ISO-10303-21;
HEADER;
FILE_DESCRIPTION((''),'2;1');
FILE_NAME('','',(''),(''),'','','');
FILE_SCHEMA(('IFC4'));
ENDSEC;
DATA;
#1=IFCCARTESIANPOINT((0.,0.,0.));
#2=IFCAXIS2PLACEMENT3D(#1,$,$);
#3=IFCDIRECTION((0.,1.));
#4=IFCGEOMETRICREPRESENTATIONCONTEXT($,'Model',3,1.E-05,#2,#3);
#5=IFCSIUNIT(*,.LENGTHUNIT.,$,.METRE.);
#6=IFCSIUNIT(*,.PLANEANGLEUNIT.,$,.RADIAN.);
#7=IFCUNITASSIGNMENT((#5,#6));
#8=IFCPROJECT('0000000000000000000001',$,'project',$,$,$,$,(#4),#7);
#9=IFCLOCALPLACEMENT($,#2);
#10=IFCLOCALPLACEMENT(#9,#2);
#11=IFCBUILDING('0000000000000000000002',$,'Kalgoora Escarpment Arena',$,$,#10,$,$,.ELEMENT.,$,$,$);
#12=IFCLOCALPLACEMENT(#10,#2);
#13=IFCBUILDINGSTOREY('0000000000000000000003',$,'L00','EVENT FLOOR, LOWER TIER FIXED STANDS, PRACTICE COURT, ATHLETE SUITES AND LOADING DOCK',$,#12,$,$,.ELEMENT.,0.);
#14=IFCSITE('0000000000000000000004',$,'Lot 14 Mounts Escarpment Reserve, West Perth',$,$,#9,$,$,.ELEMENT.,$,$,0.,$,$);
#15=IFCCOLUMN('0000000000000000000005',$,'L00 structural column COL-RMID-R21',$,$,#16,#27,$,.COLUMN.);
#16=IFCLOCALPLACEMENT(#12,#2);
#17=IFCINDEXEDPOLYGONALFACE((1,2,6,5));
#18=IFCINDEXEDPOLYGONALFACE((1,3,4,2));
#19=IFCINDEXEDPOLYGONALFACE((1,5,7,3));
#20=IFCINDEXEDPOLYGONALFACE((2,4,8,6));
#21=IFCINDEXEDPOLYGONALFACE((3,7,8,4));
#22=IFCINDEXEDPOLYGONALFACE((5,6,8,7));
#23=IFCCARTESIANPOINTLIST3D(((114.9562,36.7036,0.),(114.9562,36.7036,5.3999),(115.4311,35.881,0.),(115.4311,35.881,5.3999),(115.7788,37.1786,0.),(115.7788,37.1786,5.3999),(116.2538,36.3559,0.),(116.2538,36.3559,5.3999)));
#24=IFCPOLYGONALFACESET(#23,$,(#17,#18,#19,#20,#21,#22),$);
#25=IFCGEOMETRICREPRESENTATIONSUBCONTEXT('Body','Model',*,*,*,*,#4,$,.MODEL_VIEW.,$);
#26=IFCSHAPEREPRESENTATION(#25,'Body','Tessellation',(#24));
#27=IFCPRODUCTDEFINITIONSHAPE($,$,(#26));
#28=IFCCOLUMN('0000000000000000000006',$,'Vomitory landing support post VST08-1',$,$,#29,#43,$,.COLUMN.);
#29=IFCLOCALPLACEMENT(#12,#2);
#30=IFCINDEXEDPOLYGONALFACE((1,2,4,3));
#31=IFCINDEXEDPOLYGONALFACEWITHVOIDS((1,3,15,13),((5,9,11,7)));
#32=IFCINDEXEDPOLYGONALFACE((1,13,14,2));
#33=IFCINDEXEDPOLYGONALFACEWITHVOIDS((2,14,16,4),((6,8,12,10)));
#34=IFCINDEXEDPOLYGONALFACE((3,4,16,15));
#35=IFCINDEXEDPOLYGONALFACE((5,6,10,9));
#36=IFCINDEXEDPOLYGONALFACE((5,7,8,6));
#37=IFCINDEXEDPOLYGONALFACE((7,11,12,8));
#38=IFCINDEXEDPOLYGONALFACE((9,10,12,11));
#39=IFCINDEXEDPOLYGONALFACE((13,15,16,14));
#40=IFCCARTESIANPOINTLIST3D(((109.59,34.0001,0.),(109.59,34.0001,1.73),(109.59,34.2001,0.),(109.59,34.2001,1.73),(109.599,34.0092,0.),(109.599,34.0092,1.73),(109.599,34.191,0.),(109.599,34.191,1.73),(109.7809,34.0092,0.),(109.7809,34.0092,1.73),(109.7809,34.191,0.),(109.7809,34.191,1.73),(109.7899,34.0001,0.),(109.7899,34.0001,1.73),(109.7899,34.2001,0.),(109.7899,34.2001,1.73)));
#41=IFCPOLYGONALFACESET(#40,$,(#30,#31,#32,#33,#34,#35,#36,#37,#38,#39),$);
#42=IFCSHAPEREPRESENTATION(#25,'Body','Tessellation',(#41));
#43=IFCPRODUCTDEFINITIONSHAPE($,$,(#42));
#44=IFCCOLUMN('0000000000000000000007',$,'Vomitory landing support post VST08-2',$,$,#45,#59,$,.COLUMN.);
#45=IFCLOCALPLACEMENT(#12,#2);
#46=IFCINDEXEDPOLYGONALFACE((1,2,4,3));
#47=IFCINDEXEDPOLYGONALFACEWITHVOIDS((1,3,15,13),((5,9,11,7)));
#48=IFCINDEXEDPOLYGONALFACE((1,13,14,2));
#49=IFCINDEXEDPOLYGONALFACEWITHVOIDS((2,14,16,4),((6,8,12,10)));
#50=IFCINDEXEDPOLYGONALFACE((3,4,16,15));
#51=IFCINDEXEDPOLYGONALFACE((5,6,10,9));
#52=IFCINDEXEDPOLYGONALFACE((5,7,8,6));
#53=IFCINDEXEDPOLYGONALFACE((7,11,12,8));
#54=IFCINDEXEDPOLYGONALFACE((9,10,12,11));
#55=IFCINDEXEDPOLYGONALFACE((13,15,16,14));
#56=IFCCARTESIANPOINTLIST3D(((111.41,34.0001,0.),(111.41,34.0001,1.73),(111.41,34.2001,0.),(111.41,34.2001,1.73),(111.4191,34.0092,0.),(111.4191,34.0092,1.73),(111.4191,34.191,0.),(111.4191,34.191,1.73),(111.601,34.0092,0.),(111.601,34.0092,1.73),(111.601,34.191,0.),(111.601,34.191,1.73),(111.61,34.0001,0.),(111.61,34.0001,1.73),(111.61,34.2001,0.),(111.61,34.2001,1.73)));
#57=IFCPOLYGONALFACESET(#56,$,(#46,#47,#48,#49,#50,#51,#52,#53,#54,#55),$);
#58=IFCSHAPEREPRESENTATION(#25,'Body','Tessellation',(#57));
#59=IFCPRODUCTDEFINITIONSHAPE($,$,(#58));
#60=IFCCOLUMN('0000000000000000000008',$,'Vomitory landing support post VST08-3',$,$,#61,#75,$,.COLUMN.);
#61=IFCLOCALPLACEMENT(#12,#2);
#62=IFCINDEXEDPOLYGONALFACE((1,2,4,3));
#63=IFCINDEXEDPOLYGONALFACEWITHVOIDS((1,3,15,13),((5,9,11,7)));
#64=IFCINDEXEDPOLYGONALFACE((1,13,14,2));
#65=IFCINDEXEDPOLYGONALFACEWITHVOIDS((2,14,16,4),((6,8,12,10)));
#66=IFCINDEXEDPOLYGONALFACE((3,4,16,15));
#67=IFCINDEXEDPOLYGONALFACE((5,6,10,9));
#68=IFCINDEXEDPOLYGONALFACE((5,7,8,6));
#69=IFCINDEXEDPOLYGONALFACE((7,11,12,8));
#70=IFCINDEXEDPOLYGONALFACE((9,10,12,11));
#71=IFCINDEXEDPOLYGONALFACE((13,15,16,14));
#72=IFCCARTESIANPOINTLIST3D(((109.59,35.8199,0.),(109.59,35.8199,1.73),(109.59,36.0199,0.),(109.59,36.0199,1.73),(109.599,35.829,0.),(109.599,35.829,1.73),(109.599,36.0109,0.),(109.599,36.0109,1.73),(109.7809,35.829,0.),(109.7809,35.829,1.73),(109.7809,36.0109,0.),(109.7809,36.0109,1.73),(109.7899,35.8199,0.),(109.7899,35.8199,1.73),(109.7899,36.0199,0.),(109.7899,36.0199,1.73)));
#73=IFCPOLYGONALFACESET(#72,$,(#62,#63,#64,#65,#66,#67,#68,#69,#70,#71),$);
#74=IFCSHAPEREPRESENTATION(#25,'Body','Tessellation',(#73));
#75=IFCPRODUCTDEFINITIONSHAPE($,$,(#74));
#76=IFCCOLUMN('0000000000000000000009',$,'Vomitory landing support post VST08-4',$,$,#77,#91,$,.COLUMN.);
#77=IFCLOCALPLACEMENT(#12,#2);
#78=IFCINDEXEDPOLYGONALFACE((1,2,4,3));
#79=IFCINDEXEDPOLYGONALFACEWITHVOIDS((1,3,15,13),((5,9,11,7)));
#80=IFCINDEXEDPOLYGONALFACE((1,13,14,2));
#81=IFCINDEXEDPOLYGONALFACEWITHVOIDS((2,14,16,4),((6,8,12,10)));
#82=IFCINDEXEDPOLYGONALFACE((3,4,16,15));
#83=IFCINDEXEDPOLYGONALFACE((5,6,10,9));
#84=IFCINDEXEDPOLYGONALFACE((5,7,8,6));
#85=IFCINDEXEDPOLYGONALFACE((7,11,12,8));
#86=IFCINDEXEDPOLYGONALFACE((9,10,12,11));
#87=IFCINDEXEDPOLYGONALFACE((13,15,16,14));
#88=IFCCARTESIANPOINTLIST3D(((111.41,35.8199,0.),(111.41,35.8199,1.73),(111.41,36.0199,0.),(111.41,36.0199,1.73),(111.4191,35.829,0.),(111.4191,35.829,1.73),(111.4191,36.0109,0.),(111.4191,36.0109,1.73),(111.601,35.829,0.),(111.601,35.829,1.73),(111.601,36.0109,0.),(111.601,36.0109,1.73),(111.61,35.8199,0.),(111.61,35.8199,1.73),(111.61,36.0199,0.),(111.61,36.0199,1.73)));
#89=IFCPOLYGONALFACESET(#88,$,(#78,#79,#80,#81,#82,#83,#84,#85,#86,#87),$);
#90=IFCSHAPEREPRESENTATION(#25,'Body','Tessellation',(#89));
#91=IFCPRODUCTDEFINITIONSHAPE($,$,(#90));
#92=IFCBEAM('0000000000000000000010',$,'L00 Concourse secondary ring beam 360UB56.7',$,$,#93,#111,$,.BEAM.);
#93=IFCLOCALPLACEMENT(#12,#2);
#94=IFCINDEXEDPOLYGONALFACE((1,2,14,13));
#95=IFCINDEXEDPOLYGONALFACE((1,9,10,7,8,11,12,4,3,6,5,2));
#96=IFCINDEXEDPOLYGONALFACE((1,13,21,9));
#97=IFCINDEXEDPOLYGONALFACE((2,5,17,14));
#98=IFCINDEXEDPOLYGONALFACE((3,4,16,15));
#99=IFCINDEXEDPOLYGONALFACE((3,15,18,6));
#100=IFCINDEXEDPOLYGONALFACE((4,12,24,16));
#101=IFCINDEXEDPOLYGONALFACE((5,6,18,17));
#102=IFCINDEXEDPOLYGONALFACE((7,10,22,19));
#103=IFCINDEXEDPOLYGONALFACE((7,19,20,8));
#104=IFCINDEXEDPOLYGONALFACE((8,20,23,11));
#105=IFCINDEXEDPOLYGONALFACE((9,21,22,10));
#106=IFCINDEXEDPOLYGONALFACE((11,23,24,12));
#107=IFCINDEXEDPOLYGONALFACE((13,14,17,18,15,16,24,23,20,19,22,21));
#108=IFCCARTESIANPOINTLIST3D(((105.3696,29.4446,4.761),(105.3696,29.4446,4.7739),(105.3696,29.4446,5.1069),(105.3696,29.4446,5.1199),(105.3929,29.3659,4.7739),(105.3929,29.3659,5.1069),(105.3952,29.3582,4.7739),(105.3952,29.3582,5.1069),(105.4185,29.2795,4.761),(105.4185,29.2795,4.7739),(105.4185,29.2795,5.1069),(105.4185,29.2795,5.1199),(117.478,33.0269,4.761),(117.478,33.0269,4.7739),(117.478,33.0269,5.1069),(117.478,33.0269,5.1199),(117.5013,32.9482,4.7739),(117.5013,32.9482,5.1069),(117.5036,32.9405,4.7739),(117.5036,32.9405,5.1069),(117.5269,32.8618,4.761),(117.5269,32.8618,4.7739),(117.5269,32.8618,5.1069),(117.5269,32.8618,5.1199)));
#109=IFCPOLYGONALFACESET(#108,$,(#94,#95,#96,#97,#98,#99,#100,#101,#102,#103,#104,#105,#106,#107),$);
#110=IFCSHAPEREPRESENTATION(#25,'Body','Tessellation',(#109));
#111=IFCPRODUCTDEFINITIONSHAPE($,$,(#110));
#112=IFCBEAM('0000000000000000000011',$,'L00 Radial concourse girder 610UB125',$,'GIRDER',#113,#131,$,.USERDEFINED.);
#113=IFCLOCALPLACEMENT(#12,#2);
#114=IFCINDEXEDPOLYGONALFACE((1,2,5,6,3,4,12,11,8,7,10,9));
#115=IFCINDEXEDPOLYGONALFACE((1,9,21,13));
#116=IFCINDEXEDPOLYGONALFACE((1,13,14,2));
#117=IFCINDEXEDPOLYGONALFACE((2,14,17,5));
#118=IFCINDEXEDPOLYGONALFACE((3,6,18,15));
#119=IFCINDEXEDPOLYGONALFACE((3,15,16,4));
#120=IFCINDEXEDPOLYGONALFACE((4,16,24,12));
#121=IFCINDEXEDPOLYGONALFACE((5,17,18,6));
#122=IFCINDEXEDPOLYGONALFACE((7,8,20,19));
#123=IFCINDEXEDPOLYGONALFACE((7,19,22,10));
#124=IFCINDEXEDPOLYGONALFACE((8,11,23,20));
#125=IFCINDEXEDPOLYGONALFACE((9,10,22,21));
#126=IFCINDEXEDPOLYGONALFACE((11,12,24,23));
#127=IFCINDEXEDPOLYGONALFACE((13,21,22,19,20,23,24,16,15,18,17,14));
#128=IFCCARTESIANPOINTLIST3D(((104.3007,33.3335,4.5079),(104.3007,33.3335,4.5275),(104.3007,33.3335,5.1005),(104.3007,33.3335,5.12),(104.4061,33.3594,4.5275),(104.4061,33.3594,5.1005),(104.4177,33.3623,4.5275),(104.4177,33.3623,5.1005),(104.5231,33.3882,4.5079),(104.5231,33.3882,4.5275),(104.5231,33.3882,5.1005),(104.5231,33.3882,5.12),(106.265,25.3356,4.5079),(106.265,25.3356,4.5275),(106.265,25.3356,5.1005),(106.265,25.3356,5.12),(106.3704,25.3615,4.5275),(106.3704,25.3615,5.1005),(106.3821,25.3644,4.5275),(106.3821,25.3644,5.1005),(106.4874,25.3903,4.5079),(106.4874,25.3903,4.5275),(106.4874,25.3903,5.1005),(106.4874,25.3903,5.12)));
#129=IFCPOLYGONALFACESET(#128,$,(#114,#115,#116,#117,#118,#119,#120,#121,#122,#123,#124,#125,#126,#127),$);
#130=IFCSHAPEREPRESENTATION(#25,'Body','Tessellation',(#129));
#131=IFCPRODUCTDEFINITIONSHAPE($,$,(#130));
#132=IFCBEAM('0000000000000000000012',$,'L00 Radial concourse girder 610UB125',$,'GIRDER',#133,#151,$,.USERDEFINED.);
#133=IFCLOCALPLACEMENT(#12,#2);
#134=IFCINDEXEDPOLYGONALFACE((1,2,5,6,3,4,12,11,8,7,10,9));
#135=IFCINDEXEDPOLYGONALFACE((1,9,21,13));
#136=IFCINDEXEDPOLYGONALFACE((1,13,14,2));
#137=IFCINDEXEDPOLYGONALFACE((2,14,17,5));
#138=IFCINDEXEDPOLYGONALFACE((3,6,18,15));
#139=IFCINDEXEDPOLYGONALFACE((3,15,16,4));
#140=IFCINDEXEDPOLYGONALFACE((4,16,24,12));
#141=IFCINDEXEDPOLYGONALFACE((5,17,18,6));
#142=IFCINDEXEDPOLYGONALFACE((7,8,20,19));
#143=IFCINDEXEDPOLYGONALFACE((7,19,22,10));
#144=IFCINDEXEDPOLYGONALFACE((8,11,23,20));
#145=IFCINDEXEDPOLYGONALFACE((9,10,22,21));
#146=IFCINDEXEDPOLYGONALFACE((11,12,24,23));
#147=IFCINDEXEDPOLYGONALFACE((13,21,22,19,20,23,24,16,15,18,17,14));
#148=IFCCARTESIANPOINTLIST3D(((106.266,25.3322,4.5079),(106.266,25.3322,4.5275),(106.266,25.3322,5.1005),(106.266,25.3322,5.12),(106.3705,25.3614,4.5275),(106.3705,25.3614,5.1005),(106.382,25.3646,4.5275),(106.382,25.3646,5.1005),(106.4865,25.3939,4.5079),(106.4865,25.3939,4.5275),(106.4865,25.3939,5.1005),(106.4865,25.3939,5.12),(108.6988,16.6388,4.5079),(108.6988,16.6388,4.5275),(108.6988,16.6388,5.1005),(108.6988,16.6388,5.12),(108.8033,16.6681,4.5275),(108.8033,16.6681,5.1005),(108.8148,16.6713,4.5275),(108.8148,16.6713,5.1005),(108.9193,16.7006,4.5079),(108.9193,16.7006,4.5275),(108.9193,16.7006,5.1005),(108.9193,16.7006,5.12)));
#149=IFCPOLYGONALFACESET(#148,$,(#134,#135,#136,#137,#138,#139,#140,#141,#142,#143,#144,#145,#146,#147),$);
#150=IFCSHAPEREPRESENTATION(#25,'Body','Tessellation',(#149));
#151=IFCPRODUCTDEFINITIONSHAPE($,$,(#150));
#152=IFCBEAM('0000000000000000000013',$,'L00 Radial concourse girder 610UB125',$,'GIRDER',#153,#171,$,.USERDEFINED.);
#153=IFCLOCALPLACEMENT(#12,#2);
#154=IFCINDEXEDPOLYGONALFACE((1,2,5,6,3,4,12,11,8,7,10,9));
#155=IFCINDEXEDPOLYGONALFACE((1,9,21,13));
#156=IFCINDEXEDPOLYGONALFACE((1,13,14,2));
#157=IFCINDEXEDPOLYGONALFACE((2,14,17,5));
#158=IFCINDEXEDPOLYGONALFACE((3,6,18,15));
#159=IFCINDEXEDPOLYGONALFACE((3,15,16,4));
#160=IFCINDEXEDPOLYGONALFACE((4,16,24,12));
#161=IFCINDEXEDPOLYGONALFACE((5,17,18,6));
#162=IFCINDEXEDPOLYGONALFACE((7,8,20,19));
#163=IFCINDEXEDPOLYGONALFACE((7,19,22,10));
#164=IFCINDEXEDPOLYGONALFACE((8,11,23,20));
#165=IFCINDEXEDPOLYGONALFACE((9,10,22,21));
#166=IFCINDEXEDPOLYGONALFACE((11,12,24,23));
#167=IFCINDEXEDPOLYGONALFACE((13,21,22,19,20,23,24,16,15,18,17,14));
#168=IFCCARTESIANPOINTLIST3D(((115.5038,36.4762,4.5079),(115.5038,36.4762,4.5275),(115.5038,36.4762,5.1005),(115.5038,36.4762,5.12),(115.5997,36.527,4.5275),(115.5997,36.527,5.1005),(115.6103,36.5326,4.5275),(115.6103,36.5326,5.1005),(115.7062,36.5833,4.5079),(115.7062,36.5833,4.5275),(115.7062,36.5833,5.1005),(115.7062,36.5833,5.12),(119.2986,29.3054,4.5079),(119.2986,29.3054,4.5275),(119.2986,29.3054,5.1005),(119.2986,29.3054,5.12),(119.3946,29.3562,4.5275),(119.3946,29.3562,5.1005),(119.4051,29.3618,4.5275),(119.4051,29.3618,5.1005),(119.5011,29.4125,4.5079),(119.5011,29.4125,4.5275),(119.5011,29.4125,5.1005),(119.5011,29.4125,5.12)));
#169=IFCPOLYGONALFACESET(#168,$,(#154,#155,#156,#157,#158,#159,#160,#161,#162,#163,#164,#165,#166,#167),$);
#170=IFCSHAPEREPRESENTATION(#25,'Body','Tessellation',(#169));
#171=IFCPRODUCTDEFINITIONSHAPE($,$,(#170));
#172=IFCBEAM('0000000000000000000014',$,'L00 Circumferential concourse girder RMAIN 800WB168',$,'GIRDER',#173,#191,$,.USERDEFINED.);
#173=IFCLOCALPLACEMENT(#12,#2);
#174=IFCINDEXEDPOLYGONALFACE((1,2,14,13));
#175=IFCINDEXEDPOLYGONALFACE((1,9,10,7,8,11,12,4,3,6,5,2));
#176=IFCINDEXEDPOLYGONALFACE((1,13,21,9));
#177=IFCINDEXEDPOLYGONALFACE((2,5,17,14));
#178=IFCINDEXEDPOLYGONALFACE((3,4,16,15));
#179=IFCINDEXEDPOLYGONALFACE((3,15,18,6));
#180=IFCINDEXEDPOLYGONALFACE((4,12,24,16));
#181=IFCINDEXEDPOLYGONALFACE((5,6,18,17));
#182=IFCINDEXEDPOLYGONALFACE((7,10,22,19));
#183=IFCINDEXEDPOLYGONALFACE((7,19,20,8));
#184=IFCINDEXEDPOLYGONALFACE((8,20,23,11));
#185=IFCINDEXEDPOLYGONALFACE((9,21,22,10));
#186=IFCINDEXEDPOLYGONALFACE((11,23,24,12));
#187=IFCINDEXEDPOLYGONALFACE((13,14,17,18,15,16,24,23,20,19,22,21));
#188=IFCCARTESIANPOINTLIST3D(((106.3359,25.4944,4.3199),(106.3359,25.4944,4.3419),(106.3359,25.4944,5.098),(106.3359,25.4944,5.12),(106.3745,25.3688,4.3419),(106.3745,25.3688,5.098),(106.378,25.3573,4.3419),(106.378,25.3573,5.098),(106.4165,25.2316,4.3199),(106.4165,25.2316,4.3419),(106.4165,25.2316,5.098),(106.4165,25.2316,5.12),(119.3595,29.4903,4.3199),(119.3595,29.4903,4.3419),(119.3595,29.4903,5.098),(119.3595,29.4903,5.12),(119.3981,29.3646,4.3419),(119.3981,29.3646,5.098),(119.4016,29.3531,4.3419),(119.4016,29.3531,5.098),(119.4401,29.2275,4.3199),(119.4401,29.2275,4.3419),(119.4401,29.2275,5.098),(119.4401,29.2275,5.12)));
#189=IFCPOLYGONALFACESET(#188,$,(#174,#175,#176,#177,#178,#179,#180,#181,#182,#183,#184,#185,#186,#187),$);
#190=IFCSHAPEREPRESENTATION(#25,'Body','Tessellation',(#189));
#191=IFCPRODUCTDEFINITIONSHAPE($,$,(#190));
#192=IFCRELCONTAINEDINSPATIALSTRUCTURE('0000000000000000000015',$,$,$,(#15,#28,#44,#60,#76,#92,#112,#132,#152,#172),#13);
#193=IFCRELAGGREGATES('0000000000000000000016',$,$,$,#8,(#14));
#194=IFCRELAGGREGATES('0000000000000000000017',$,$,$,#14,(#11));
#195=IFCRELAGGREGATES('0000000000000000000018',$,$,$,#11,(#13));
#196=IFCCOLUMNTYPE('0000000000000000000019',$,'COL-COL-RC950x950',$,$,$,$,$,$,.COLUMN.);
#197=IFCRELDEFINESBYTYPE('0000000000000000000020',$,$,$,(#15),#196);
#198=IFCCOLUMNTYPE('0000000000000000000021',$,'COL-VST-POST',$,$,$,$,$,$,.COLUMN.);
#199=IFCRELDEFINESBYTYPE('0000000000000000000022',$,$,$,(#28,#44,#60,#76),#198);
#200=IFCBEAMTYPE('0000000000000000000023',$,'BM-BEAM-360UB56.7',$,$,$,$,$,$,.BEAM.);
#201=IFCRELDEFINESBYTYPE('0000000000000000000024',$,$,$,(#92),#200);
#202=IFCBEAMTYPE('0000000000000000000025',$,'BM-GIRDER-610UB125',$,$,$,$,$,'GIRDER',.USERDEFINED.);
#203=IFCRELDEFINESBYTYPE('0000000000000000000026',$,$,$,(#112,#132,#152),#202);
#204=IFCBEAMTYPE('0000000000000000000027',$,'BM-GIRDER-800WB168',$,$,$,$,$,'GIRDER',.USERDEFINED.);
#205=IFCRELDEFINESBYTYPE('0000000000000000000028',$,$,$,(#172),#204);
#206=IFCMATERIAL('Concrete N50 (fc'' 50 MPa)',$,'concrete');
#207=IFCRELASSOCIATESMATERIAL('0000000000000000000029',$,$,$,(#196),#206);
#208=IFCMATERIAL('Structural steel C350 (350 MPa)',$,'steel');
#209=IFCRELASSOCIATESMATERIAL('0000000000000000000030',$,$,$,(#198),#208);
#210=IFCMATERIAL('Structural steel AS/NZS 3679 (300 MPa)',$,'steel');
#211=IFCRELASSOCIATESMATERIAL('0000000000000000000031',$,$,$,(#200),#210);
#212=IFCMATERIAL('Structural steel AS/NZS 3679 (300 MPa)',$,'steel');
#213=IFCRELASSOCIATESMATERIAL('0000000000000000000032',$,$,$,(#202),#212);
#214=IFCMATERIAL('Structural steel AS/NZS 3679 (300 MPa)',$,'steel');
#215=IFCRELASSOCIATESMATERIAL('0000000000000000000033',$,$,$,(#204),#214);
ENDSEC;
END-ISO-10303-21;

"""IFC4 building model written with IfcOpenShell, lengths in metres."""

from ifc_helpers import new_model, si_unit, direction, frame, origin, origin_2d, place, context, subcontext, project, spatial, rectangle, hollow_rectangle, i_section, extrude, material, material_profile, profile_set, type_object, element, save


model = new_model("IFC4")

# Units and contexts
model_context = context("Model", 3, precision=1e-05, world=origin(), true_north=direction((0.0, 1.0)))
body_context = subcontext(model_context, "Body", "Model", "MODEL_VIEW")
ifc_project = project(units=[si_unit("LENGTHUNIT", "METRE"), si_unit("PLANEANGLEUNIT", "RADIAN")], contexts=[model_context])

# Site, building, storey
site_placement = place(None, origin())
site = spatial("IfcSite", under=ifc_project, at=site_placement, Name="Lot 14 Mounts Escarpment Reserve, West Perth", CompositionType="ELEMENT", RefElevation=0.0)
building_placement = place(site_placement, origin())
building = spatial("IfcBuilding", under=site, at=building_placement, Name="Kalgoora Escarpment Arena", CompositionType="ELEMENT")
storey_placement = place(building_placement, origin())
storey = spatial("IfcBuildingStorey", under=building, at=storey_placement, Name="L00", Description="EVENT FLOOR, LOWER TIER FIXED STANDS, PRACTICE COURT, ATHLETE SUITES AND LOADING DOCK", CompositionType="ELEMENT", Elevation=0.0)

# Columns
ifc_material_1 = material(Name="Concrete N50 (fc' 50 MPa)", Category="concrete")
ifc_material_profile_1 = material_profile(ifc_material_1, rectangle(XDim=0.95, YDim=0.95, at=origin_2d()))
ifc_profile_set_1 = profile_set([ifc_material_profile_1], Name="Concrete N50 (fc' 50 MPa)")
column_type_1 = type_object("IfcColumnType", Name="COL-COL-RC950x950", PredefinedType="COLUMN", material=ifc_profile_set_1)
column_1_placement = place(storey_placement, frame((115.605, 36.5298, 0.0), z_axis=(0.0, 0.0, 1.0), x_axis=(0.5, -0.866025, 0.0)))
element("IfcColumn", 1, at=column_1_placement, inside=storey, type_object=column_type_1, Name="L00 structural column COL-RMID-R21", PredefinedType="COLUMN", context=body_context, shape_type="SweptSolid", body=[
    extrude(rectangle(XDim=0.95, YDim=0.95, at=origin_2d()), origin(), (0.0, 0.0, 1.0), 5.3999),
])
ifc_material_2 = material(Name="Structural steel C350 (350 MPa)", Category="steel")
ifc_material_profile_2 = material_profile(ifc_material_2, hollow_rectangle(XDim=0.2, YDim=0.2, WallThickness=0.009, at=origin_2d()))
ifc_profile_set_2 = profile_set([ifc_material_profile_2], Name="Structural steel C350 (350 MPa)")
column_type_2 = type_object("IfcColumnType", Name="COL-VST-POST", PredefinedType="COLUMN", material=ifc_profile_set_2)
for number, where, z_axis, x_axis, name in (
    (2, (109.6899, 34.1001, 0.0), (0.0, 0.0, 1.0), (1.0, 0.0, 0.0), "Vomitory landing support post VST08-1"),
    (3, (111.51, 34.1001, 0.0), (0.0, 0.0, 1.0), (1.0, 0.0, 0.0), "Vomitory landing support post VST08-2"),
    (4, (109.6899, 35.9199, 0.0), (0.0, 0.0, 1.0), (1.0, 0.0, 0.0), "Vomitory landing support post VST08-3"),
    (5, (111.51, 35.9199, 0.0), (0.0, 0.0, 1.0), (1.0, 0.0, 0.0), "Vomitory landing support post VST08-4"),
):
    element("IfcColumn", number, at=place(storey_placement, frame(where, z_axis=z_axis, x_axis=x_axis)), inside=storey, type_object=column_type_2, Name=name, PredefinedType="COLUMN", context=body_context, shape_type="SweptSolid", body=[
        extrude(hollow_rectangle(XDim=0.2, YDim=0.2, WallThickness=0.009, at=origin_2d()), origin(), (0.0, 0.0, 1.0), 1.73),
    ])

# Beams
ifc_material_3 = material(Name="Structural steel AS/NZS 3679 (300 MPa)", Category="steel")
ifc_material_profile_3 = material_profile(ifc_material_3, i_section(OverallWidth=0.1721, OverallDepth=0.3589, WebThickness=0.0081, FlangeThickness=0.0129, at=origin_2d()))
ifc_profile_set_3 = profile_set([ifc_material_profile_3], Name="Structural steel AS/NZS 3679 (300 MPa)")
beam_type_1 = type_object("IfcBeamType", Name="BM-BEAM-360UB56.7", PredefinedType="BEAM", material=ifc_profile_set_3)
beam_1_placement = place(storey_placement, frame((105.394, 29.3621, 4.9404), z_axis=(0.958914, 0.283695, 0.0), x_axis=(-0.283695, 0.958914, 0.0)))
element("IfcBeam", 6, at=beam_1_placement, inside=storey, type_object=beam_type_1, Name="L00 Concourse secondary ring beam 360UB56.7", PredefinedType="BEAM", context=body_context, shape_type="SweptSolid", body=[
    extrude(i_section(OverallWidth=0.1721, OverallDepth=0.3589, WebThickness=0.0081, FlangeThickness=0.0129, at=origin_2d()), origin(), (0.0, 0.0, 1.0), 12.6272),
])
ifc_material_4 = material(Name="Structural steel AS/NZS 3679 (300 MPa)", Category="steel")
ifc_material_profile_4 = material_profile(ifc_material_4, i_section(OverallWidth=0.229, OverallDepth=0.6121, WebThickness=0.012, FlangeThickness=0.0195, at=origin_2d()))
ifc_profile_set_4 = profile_set([ifc_material_profile_4], Name="Structural steel AS/NZS 3679 (300 MPa)")
beam_type_2 = type_object("IfcBeamType", Name="BM-GIRDER-610UB125", ElementType="GIRDER", PredefinedType="USERDEFINED", material=ifc_profile_set_4)
beam_2_placement = place(storey_placement, frame((104.4119, 33.3608, 4.814), z_axis=(0.238523, -0.971137, 0.0), x_axis=(0.971137, 0.238523, 0.0)))
element("IfcBeam", 7, at=beam_2_placement, inside=storey, type_object=beam_type_2, Name="L00 Radial concourse girder 610UB125", ObjectType="GIRDER", PredefinedType="USERDEFINED", context=body_context, shape_type="SweptSolid", body=[
    extrude(i_section(OverallWidth=0.229, OverallDepth=0.6121, WebThickness=0.012, FlangeThickness=0.0195, at=origin_2d()), origin(), (0.0, 0.0, 1.0), 8.2356),
])
beam_3_placement = place(storey_placement, frame((106.3762, 25.363, 4.814), z_axis=(0.269499, -0.963001, 0.0), x_axis=(0.963001, 0.269499, 0.0)))
element("IfcBeam", 8, at=beam_3_placement, inside=storey, type_object=beam_type_2, Name="L00 Radial concourse girder 610UB125", ObjectType="GIRDER", PredefinedType="USERDEFINED", context=body_context, shape_type="SweptSolid", body=[
    extrude(i_section(OverallWidth=0.229, OverallDepth=0.6121, WebThickness=0.012, FlangeThickness=0.0195, at=origin_2d()), origin(), (0.0, 0.0, 1.0), 9.0273),
])
beam_4_placement = place(storey_placement, frame((115.605, 36.5298, 4.814), z_axis=(0.467749, -0.883861, 0.0), x_axis=(0.883861, 0.467749, 0.0)))
element("IfcBeam", 9, at=beam_4_placement, inside=storey, type_object=beam_type_2, Name="L00 Radial concourse girder 610UB125", ObjectType="GIRDER", PredefinedType="USERDEFINED", context=body_context, shape_type="SweptSolid", body=[
    extrude(i_section(OverallWidth=0.229, OverallDepth=0.6121, WebThickness=0.012, FlangeThickness=0.0195, at=origin_2d()), origin(), (0.0, 0.0, 1.0), 8.113),
])
ifc_material_5 = material(Name="Structural steel AS/NZS 3679 (300 MPa)", Category="steel")
ifc_material_profile_5 = material_profile(ifc_material_5, i_section(OverallWidth=0.2749, OverallDepth=0.8, WebThickness=0.012, FlangeThickness=0.022, at=origin_2d()))
ifc_profile_set_5 = profile_set([ifc_material_profile_5], Name="Structural steel AS/NZS 3679 (300 MPa)")
beam_type_3 = type_object("IfcBeamType", Name="BM-GIRDER-800WB168", ElementType="GIRDER", PredefinedType="USERDEFINED", material=ifc_profile_set_5)
beam_5_placement = place(storey_placement, frame((106.3762, 25.363, 4.72), z_axis=(0.956015, 0.293319, 0.0), x_axis=(-0.293319, 0.956015, 0.0)))
element("IfcBeam", 10, at=beam_5_placement, inside=storey, type_object=beam_type_3, Name="L00 Circumferential concourse girder RMAIN 800WB168", ObjectType="GIRDER", PredefinedType="USERDEFINED", context=body_context, shape_type="SweptSolid", body=[
    extrude(i_section(OverallWidth=0.2749, OverallDepth=0.8, WebThickness=0.012, FlangeThickness=0.022, at=origin_2d()), origin(), (0.0, 0.0, 1.0), 13.6228),
])

save(model, "model.ifc")
